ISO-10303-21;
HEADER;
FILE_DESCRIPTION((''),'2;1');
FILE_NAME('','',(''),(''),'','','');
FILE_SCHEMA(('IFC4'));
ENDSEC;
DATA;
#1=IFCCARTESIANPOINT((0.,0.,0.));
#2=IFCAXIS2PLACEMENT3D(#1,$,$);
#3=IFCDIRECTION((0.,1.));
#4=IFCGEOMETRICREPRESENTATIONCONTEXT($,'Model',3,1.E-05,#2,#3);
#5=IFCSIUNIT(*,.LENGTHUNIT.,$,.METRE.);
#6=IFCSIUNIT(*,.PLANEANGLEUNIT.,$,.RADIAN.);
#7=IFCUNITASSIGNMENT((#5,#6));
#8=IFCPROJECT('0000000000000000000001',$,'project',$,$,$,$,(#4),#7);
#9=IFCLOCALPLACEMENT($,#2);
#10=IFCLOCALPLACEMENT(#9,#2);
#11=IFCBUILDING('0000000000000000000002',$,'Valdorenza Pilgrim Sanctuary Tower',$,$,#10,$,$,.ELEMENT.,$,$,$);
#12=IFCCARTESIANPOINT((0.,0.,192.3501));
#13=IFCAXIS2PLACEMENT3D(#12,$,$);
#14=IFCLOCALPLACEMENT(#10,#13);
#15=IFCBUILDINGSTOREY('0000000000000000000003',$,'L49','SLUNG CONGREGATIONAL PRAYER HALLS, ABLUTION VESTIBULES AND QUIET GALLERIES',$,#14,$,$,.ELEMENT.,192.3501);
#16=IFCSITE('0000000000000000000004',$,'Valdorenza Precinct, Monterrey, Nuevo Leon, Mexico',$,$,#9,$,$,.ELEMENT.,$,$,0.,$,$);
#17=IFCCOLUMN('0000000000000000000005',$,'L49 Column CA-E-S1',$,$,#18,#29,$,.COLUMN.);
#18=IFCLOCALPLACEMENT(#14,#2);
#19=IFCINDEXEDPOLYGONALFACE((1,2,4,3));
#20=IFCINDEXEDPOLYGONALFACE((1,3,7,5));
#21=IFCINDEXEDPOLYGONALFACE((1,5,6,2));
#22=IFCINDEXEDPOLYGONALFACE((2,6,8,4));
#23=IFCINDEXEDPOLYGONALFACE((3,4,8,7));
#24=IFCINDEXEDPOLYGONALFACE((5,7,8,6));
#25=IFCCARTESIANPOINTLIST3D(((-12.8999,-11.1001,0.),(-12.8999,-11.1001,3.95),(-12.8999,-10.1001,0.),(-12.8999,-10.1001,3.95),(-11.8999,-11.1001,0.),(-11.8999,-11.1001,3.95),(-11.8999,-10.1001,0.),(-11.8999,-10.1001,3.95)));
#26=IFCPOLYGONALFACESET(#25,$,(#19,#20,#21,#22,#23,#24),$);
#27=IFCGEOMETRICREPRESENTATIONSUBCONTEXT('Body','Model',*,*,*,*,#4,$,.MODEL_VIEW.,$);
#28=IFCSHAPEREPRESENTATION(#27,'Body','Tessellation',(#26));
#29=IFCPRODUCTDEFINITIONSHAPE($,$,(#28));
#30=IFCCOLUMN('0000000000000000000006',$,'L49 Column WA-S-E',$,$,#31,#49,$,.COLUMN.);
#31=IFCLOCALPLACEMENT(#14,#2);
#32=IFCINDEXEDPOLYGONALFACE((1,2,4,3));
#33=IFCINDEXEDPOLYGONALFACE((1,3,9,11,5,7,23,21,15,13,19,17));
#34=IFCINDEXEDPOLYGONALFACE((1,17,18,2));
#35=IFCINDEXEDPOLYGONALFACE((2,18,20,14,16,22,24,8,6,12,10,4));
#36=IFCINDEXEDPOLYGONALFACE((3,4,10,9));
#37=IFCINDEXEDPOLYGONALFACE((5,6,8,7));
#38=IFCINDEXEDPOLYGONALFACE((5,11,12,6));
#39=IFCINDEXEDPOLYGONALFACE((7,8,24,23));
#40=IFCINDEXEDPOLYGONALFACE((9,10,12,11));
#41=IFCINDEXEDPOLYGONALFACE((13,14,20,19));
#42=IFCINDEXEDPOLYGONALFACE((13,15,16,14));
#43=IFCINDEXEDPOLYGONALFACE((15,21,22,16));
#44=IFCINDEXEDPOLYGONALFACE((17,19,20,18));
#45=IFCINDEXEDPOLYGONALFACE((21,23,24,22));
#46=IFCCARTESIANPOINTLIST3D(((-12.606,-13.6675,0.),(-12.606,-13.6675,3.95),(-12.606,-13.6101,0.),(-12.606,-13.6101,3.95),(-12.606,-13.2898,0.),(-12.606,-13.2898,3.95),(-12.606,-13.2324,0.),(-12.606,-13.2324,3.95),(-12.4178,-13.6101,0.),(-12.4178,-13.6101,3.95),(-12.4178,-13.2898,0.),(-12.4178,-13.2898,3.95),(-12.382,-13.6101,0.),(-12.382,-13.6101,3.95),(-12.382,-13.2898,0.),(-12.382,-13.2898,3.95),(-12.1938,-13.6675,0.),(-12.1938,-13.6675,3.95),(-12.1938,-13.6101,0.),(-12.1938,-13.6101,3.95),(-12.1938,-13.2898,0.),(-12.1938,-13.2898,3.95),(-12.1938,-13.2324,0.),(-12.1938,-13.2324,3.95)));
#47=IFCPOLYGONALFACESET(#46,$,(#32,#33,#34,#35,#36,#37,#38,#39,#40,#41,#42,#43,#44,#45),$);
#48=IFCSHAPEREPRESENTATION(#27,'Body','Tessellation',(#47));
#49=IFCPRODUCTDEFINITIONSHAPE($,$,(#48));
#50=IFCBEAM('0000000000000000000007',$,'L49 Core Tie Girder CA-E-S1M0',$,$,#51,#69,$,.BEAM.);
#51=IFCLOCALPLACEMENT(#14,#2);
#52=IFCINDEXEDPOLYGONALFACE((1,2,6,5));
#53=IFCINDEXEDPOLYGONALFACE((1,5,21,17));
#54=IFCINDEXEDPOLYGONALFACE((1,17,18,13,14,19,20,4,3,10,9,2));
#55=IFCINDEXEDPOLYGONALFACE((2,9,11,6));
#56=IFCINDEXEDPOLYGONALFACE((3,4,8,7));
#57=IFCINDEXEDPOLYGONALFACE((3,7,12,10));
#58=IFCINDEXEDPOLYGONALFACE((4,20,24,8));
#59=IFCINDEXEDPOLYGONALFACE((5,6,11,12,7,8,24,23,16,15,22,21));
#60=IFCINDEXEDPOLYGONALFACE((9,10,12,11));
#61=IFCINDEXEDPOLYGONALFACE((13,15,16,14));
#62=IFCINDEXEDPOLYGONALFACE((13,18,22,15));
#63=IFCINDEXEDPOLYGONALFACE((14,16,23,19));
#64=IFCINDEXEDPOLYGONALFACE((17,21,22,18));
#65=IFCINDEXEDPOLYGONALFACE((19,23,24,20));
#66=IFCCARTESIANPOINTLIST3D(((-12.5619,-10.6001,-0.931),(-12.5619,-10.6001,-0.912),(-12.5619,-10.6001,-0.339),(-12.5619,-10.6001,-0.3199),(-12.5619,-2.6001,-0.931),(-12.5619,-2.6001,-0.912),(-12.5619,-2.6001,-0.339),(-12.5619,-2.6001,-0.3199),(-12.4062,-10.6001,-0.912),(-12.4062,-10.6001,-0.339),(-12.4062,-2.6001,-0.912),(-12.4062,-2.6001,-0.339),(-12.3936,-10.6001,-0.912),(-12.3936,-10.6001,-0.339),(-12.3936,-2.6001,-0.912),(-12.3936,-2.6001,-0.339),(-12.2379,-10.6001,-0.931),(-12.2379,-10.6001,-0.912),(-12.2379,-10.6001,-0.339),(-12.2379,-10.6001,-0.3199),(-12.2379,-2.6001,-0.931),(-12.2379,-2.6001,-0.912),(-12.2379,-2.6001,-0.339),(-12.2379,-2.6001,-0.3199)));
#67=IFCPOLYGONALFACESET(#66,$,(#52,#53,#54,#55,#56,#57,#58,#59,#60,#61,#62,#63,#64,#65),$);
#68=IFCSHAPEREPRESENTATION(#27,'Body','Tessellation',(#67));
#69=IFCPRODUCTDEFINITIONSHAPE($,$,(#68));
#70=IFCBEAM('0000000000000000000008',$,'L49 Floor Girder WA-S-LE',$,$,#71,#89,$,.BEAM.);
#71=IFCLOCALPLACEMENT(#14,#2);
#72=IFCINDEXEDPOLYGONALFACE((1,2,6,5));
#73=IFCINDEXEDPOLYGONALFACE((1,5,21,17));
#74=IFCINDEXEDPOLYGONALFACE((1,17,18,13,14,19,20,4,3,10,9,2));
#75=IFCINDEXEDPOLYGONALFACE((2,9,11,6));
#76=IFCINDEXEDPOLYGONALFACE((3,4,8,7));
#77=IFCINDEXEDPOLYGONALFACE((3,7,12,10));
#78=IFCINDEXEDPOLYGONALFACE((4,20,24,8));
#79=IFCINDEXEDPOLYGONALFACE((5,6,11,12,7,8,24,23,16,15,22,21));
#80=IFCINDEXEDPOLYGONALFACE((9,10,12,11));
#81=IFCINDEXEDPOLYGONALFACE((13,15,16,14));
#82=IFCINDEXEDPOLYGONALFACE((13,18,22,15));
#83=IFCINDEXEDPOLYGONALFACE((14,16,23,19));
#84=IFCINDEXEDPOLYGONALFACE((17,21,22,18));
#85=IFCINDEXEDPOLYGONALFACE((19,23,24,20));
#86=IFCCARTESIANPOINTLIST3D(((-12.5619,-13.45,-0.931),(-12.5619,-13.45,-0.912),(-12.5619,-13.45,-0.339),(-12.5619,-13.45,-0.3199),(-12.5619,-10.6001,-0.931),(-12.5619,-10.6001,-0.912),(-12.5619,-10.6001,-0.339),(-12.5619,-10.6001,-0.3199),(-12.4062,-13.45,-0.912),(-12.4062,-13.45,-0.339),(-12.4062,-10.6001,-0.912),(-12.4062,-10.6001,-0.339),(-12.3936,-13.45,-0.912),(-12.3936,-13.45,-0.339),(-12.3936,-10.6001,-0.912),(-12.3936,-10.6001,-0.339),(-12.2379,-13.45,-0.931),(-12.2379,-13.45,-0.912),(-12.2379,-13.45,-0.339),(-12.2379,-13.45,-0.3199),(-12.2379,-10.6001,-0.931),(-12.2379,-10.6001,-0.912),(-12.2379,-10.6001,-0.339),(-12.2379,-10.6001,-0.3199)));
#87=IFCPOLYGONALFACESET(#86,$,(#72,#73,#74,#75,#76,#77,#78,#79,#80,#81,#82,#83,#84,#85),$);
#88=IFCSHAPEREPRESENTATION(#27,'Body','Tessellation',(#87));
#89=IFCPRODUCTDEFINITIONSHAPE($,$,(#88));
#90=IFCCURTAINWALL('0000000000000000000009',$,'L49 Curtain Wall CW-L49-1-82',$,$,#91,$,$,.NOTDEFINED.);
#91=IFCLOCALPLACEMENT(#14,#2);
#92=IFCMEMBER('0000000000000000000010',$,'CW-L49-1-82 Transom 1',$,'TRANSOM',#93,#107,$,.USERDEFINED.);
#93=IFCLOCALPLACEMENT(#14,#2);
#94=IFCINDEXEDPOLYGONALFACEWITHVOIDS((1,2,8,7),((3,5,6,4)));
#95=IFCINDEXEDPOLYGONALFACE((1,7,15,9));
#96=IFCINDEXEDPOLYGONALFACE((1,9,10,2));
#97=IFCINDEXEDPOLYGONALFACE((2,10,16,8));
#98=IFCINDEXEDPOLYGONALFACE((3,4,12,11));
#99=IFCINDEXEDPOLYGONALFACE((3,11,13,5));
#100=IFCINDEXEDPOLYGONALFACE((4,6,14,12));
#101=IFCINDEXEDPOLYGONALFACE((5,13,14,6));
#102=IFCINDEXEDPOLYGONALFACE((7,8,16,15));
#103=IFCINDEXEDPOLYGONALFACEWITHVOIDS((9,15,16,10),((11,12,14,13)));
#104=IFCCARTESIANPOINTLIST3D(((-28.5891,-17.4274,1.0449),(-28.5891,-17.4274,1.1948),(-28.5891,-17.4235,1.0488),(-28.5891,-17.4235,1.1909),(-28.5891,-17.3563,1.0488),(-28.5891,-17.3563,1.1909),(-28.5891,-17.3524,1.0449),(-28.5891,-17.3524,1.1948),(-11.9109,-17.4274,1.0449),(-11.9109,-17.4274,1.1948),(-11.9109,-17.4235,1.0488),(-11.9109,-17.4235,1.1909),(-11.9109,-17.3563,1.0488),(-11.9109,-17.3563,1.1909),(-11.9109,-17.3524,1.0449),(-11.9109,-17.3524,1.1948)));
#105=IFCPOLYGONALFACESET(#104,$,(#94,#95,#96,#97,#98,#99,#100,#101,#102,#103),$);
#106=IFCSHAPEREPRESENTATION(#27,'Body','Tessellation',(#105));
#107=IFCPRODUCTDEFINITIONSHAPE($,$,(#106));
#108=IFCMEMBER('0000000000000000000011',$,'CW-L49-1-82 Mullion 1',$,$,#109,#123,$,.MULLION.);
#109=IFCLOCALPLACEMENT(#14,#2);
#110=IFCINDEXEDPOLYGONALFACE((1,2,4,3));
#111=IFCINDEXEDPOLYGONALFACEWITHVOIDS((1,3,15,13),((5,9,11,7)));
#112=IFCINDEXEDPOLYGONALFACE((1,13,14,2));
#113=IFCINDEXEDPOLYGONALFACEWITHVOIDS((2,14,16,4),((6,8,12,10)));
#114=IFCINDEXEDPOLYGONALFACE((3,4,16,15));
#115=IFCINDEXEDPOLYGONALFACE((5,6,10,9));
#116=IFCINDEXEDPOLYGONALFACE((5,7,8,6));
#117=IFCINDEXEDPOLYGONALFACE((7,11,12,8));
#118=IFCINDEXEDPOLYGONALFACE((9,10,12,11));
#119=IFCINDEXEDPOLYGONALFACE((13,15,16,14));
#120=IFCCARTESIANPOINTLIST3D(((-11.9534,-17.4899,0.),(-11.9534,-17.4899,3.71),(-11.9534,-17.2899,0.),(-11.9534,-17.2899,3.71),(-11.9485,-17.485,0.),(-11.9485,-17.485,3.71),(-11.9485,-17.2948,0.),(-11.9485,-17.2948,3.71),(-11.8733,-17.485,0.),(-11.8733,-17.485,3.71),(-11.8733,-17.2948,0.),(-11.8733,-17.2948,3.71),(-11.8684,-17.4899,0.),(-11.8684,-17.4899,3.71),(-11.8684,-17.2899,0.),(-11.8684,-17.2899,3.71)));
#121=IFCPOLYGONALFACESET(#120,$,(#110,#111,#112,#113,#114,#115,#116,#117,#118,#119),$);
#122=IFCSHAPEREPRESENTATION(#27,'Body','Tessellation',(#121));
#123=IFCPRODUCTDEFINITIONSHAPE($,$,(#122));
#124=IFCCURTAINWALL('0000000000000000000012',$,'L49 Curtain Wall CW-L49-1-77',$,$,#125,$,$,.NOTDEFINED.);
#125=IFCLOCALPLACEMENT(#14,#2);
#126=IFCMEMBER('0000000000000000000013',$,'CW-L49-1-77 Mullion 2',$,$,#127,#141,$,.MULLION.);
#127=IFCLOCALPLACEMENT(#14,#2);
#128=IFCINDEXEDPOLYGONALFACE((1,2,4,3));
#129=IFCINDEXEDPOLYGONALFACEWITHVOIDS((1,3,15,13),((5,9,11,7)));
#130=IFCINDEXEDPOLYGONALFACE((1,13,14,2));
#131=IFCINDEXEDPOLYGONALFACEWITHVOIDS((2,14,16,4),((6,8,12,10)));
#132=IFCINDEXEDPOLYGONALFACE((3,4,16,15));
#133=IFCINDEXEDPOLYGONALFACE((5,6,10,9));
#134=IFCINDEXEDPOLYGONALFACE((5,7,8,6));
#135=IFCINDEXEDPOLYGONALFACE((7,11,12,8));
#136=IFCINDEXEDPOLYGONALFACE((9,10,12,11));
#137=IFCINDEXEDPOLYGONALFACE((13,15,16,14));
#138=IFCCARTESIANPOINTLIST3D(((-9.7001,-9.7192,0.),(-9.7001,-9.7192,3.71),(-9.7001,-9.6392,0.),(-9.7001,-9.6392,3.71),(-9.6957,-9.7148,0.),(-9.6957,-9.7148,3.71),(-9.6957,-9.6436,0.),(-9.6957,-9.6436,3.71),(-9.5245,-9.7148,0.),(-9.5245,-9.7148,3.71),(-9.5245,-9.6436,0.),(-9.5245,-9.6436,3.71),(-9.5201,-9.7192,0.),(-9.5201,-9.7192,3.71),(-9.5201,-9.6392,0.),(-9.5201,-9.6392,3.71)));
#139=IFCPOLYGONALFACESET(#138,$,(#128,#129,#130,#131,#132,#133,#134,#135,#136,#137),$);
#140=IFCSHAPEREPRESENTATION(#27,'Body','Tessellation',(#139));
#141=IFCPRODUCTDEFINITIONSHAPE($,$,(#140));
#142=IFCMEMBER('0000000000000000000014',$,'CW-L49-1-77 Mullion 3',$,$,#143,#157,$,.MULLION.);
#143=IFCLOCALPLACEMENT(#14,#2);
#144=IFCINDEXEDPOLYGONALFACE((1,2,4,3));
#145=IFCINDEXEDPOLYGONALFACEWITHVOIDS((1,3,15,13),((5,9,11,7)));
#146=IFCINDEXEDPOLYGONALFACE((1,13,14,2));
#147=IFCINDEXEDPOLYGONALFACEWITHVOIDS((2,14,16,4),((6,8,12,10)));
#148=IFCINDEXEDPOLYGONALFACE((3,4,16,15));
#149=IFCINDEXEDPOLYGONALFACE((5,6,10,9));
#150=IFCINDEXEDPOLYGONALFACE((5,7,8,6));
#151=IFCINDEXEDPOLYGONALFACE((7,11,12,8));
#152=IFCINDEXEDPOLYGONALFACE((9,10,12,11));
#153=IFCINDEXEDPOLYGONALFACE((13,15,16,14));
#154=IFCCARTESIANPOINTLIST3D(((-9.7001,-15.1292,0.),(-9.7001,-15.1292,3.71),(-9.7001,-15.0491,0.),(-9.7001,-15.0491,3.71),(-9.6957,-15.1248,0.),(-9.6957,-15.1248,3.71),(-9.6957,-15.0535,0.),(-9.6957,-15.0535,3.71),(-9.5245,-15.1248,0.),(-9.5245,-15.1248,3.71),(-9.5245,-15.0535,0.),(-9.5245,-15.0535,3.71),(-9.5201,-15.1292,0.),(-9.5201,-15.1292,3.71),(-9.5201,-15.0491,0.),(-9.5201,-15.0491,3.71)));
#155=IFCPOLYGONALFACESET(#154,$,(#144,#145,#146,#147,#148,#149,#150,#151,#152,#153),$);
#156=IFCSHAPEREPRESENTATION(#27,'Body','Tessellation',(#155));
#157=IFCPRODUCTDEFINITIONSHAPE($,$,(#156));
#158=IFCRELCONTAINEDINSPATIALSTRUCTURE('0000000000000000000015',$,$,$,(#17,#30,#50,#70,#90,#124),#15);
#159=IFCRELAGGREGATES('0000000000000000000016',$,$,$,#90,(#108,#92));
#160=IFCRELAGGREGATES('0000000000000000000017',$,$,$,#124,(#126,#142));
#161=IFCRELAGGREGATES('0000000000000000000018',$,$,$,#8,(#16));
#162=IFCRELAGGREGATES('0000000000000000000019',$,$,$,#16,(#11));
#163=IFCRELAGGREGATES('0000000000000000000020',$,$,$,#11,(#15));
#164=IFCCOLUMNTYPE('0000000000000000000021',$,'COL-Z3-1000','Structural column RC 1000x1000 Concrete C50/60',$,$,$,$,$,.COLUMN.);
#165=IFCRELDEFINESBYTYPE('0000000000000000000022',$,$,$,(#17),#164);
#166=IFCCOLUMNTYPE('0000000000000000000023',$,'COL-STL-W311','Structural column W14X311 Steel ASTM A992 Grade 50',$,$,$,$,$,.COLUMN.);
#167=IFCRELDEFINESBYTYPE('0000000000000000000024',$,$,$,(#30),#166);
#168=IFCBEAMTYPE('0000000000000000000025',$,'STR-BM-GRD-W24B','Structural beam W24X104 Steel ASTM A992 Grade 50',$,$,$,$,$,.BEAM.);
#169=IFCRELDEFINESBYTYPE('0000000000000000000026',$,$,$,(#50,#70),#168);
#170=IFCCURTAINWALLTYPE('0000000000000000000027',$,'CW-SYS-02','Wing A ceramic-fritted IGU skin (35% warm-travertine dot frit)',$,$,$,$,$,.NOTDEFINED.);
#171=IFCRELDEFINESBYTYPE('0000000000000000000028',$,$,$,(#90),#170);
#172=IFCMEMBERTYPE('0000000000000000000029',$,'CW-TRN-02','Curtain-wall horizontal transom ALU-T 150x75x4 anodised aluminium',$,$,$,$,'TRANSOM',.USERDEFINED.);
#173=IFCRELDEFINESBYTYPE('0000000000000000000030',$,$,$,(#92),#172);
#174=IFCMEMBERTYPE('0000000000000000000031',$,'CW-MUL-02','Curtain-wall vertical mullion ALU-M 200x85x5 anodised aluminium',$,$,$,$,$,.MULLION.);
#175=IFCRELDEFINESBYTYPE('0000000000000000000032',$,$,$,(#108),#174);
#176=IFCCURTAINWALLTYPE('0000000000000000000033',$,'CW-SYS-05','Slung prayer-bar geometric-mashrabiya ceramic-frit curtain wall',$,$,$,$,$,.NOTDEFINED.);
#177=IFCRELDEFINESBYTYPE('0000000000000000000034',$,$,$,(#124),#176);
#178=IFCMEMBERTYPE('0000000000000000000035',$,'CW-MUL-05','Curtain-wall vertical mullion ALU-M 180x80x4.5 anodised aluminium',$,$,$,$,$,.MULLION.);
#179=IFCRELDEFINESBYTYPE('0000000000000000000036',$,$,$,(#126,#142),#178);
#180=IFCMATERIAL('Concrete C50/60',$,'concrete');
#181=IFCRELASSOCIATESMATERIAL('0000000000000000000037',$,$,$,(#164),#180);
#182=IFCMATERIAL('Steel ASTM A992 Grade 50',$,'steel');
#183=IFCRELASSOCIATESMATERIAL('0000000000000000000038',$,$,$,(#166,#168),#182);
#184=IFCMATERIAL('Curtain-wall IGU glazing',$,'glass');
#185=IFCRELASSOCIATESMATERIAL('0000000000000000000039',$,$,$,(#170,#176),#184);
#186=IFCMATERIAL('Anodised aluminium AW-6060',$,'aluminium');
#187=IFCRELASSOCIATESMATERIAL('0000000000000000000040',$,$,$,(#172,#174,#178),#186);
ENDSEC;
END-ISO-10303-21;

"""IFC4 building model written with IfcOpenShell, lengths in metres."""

from ifc_helpers import new_model, si_unit, direction, frame, origin, origin_2d, place, context, subcontext, project, spatial, rectangle, hollow_rectangle, i_section, extrude, source, transform, mapped, material, material_profile, profile_set, type_object, element, aggregate, save


model = new_model("IFC4")

# Units and contexts
model_context = context("Model", 3, precision=1e-05, world=origin(), true_north=direction((0.0, 1.0)))
body_context = subcontext(model_context, "Body", "Model", "MODEL_VIEW")
ifc_project = project(units=[si_unit("LENGTHUNIT", "METRE"), si_unit("PLANEANGLEUNIT", "RADIAN")], contexts=[model_context])

# Site, building, storey
site_placement = place(None, origin())
site = spatial("IfcSite", under=ifc_project, at=site_placement, Name="Valdorenza Precinct, Monterrey, Nuevo Leon, Mexico", CompositionType="ELEMENT", RefElevation=0.0)
building_placement = place(site_placement, origin())
building = spatial("IfcBuilding", under=site, at=building_placement, Name="Valdorenza Pilgrim Sanctuary Tower", CompositionType="ELEMENT")
storey_placement = place(building_placement, frame((0.0, 0.0, 192.3501)))
storey = spatial("IfcBuildingStorey", under=building, at=storey_placement, Name="L49", Description="SLUNG CONGREGATIONAL PRAYER HALLS, ABLUTION VESTIBULES AND QUIET GALLERIES", CompositionType="ELEMENT", Elevation=192.3501)

# Columns
ifc_material_1 = material(Name="Concrete C50/60", Category="concrete")
ifc_material_profile_1 = material_profile(ifc_material_1, rectangle(XDim=1.0, YDim=1.0, at=origin_2d()), Name="RC 1000x1000")
ifc_profile_set_1 = profile_set([ifc_material_profile_1], Name="Concrete C50/60")
column_type_1 = type_object("IfcColumnType", Name="COL-Z3-1000", Description="Structural column RC 1000x1000 Concrete C50/60", PredefinedType="COLUMN", material=ifc_profile_set_1)
shared_shape_1 = source(origin(), body_context, "Body", "SweptSolid", [
    extrude(rectangle(XDim=1.0, YDim=1.0, at=origin_2d()), origin(), (0.0, 0.0, 1.0), 3.95),
])
column_1_placement = place(storey_placement, frame((-12.3999, -10.6001, 0.0), z_axis=(0.0, 0.0, 1.0), x_axis=(1.0, 0.0, 0.0)))
element("IfcColumn", 1, at=column_1_placement, inside=storey, type_object=column_type_1, Name="L49 Column CA-E-S1", PredefinedType="COLUMN", context=body_context, shape_type="MappedRepresentation", body=[
    mapped(shared_shape_1, transform((0.0, 0.0, 0.0), x_axis=(1.0, 0.0, 0.0), y_axis=(0.0, 1.0, 0.0), z_axis=(0.0, 0.0, 1.0), scale=1.0)),
])
ifc_material_2 = material(Name="Steel ASTM A992 Grade 50", Category="steel")
ifc_material_profile_2 = material_profile(ifc_material_2, i_section(OverallWidth=0.4121, OverallDepth=0.4351, WebThickness=0.0359, FlangeThickness=0.0574, at=origin_2d()), Name="W14X311")
ifc_profile_set_2 = profile_set([ifc_material_profile_2], Name="Steel ASTM A992 Grade 50")
column_type_2 = type_object("IfcColumnType", Name="COL-STL-W311", Description="Structural column W14X311 Steel ASTM A992 Grade 50", PredefinedType="COLUMN", material=ifc_profile_set_2)
shared_shape_2 = source(origin(), body_context, "Body", "SweptSolid", [
    extrude(i_section(OverallWidth=0.4121, OverallDepth=0.4351, WebThickness=0.0359, FlangeThickness=0.0574, at=origin_2d()), origin(), (0.0, 0.0, 1.0), 3.95),
])
column_2_placement = place(storey_placement, frame((-12.3999, -13.45, 0.0), z_axis=(0.0, 0.0, 1.0), x_axis=(1.0, 0.0, 0.0)))
element("IfcColumn", 2, at=column_2_placement, inside=storey, type_object=column_type_2, Name="L49 Column WA-S-E", PredefinedType="COLUMN", context=body_context, shape_type="MappedRepresentation", body=[
    mapped(shared_shape_2, transform((0.0, 0.0, 0.0), x_axis=(1.0, 0.0, 0.0), y_axis=(0.0, 1.0, 0.0), z_axis=(0.0, 0.0, 1.0), scale=1.0)),
])

# Beams
ifc_material_profile_3 = material_profile(ifc_material_2, i_section(OverallWidth=0.324, OverallDepth=0.6111, WebThickness=0.0127, FlangeThickness=0.019, at=origin_2d()), Name="W24X104")
ifc_profile_set_3 = profile_set([ifc_material_profile_3], Name="Steel ASTM A992 Grade 50")
beam_type = type_object("IfcBeamType", Name="STR-BM-GRD-W24B", Description="Structural beam W24X104 Steel ASTM A992 Grade 50", PredefinedType="BEAM", material=ifc_profile_set_3)
shared_shape_3 = source(origin(), body_context, "Body", "SweptSolid", [
    extrude(i_section(OverallWidth=0.324, OverallDepth=0.6111, WebThickness=0.0127, FlangeThickness=0.019, at=origin_2d()), origin(), (0.0, 0.0, 1.0), 8.0),
])
beam_1_placement = place(storey_placement, frame((-12.3999, -10.6001, -0.6255), z_axis=(0.0, 1.0, 0.0), x_axis=(-1.0, 0.0, 0.0)))
element("IfcBeam", 3, at=beam_1_placement, inside=storey, type_object=beam_type, Name="L49 Core Tie Girder CA-E-S1M0", PredefinedType="BEAM", context=body_context, shape_type="MappedRepresentation", body=[
    mapped(shared_shape_3, transform((0.0, 0.0, 0.0), x_axis=(1.0, 0.0, 0.0), y_axis=(0.0, 1.0, 0.0), z_axis=(0.0, 0.0, 1.0), scale=1.0)),
])
shared_shape_4 = source(origin(), body_context, "Body", "SweptSolid", [
    extrude(i_section(OverallWidth=0.324, OverallDepth=0.6111, WebThickness=0.0127, FlangeThickness=0.019, at=origin_2d()), origin(), (0.0, 0.0, 1.0), 2.8499),
])
beam_2_placement = place(storey_placement, frame((-12.3999, -13.45, -0.6255), z_axis=(0.0, 1.0, 0.0), x_axis=(-1.0, 0.0, 0.0)))
element("IfcBeam", 4, at=beam_2_placement, inside=storey, type_object=beam_type, Name="L49 Floor Girder WA-S-LE", PredefinedType="BEAM", context=body_context, shape_type="MappedRepresentation", body=[
    mapped(shared_shape_4, transform((0.0, 0.0, 0.0), x_axis=(1.0, 0.0, 0.0), y_axis=(0.0, 1.0, 0.0), z_axis=(0.0, 0.0, 1.0), scale=1.0)),
])

# Curtain walls, members
ifc_material_3 = material(Name="Curtain-wall IGU glazing", Category="glass")
curtain_wall_type_1 = type_object("IfcCurtainWallType", Name="CW-SYS-02", Description="Wing A ceramic-fritted IGU skin (35% warm-travertine dot frit)", PredefinedType="NOTDEFINED", material=ifc_material_3)
curtain_wall_1_placement = place(storey_placement, origin())
curtain_wall_1 = element("IfcCurtainWall", 5, at=curtain_wall_1_placement, inside=storey, type_object=curtain_wall_type_1, Name="L49 Curtain Wall CW-L49-1-82", PredefinedType="NOTDEFINED")
ifc_material_4 = material(Name="Anodised aluminium AW-6060", Category="aluminium")
ifc_material_profile_4 = material_profile(ifc_material_4, hollow_rectangle(XDim=0.075, YDim=0.1499, WallThickness=0.0039, at=origin_2d()), Name="ALU-T 150x75x4")
ifc_profile_set_4 = profile_set([ifc_material_profile_4], Name="Anodised aluminium AW-6060")
member_type_1 = type_object("IfcMemberType", Name="CW-TRN-02", Description="Curtain-wall horizontal transom ALU-T 150x75x4 anodised aluminium", ElementType="TRANSOM", PredefinedType="USERDEFINED", material=ifc_profile_set_4)
shared_shape_5 = source(origin(), body_context, "Body", "SweptSolid", [
    extrude(hollow_rectangle(XDim=0.075, YDim=0.1499, WallThickness=0.0039, at=origin_2d()), origin(), (0.0, 0.0, 1.0), 16.6782),
])
member_1_placement = place(storey_placement, frame((-11.9109, -17.3899, 1.1199), z_axis=(-1.0, 0.0, 0.0), x_axis=(0.0, -1.0, 0.0)))
member_1 = element("IfcMember", 6, at=member_1_placement, type_object=member_type_1, Name="CW-L49-1-82 Transom 1", ObjectType="TRANSOM", PredefinedType="USERDEFINED", context=body_context, shape_type="MappedRepresentation", body=[
    mapped(shared_shape_5, transform((0.0, 0.0, 0.0), x_axis=(1.0, 0.0, 0.0), y_axis=(0.0, 1.0, 0.0), z_axis=(0.0, 0.0, 1.0), scale=1.0)),
])
ifc_material_profile_5 = material_profile(ifc_material_4, hollow_rectangle(XDim=0.085, YDim=0.2, WallThickness=0.0049, at=origin_2d()), Name="ALU-M 200x85x5")
ifc_profile_set_5 = profile_set([ifc_material_profile_5], Name="Anodised aluminium AW-6060")
member_type_2 = type_object("IfcMemberType", Name="CW-MUL-02", Description="Curtain-wall vertical mullion ALU-M 200x85x5 anodised aluminium", PredefinedType="MULLION", material=ifc_profile_set_5)
shared_shape_6 = source(origin(), body_context, "Body", "SweptSolid", [
    extrude(hollow_rectangle(XDim=0.085, YDim=0.2, WallThickness=0.0049, at=origin_2d()), origin(), (0.0, 0.0, 1.0), 3.71),
])
member_2_placement = place(storey_placement, frame((-11.9109, -17.3899, 0.0), z_axis=(0.0, 0.0, 1.0), x_axis=(-1.0, 0.0, 0.0)))
member_2 = element("IfcMember", 7, at=member_2_placement, type_object=member_type_2, Name="CW-L49-1-82 Mullion 1", PredefinedType="MULLION", context=body_context, shape_type="MappedRepresentation", body=[
    mapped(shared_shape_6, transform((0.0, 0.0, 0.0), x_axis=(1.0, 0.0, 0.0), y_axis=(0.0, 1.0, 0.0), z_axis=(0.0, 0.0, 1.0), scale=1.0)),
])
aggregate(curtain_wall_1, [member_2, member_1])
curtain_wall_type_2 = type_object("IfcCurtainWallType", Name="CW-SYS-05", Description="Slung prayer-bar geometric-mashrabiya ceramic-frit curtain wall", PredefinedType="NOTDEFINED", material=ifc_material_3)
curtain_wall_2_placement = place(storey_placement, origin())
curtain_wall_2 = element("IfcCurtainWall", 8, at=curtain_wall_2_placement, inside=storey, type_object=curtain_wall_type_2, Name="L49 Curtain Wall CW-L49-1-77", PredefinedType="NOTDEFINED")
ifc_material_profile_6 = material_profile(ifc_material_4, hollow_rectangle(XDim=0.0801, YDim=0.1799, WallThickness=0.0044, at=origin_2d()), Name="ALU-M 180x80x4.5")
ifc_profile_set_6 = profile_set([ifc_material_profile_6], Name="Anodised aluminium AW-6060")
member_type_3 = type_object("IfcMemberType", Name="CW-MUL-05", Description="Curtain-wall vertical mullion ALU-M 180x80x4.5 anodised aluminium", PredefinedType="MULLION", material=ifc_profile_set_6)
shared_shape_7 = source(origin(), body_context, "Body", "SweptSolid", [
    extrude(hollow_rectangle(XDim=0.0801, YDim=0.1799, WallThickness=0.0044, at=origin_2d()), origin(), (0.0, 0.0, 1.0), 3.71),
])
member_3_placement = place(storey_placement, frame((-9.6101, -9.6792, 0.0), z_axis=(0.0, 0.0, 1.0), x_axis=(0.0, -1.0, 0.0)))
member_3 = element("IfcMember", 9, at=member_3_placement, type_object=member_type_3, Name="CW-L49-1-77 Mullion 2", PredefinedType="MULLION", context=body_context, shape_type="MappedRepresentation", body=[
    mapped(shared_shape_7, transform((0.0, 0.0, 0.0), x_axis=(1.0, 0.0, 0.0), y_axis=(0.0, 1.0, 0.0), z_axis=(0.0, 0.0, 1.0), scale=1.0)),
])
member_4_placement = place(storey_placement, frame((-9.6101, -15.0891, 0.0), z_axis=(0.0, 0.0, 1.0), x_axis=(0.0, -1.0, 0.0)))
member_4 = element("IfcMember", 10, at=member_4_placement, type_object=member_type_3, Name="CW-L49-1-77 Mullion 3", PredefinedType="MULLION", context=body_context, shape_type="MappedRepresentation", body=[
    mapped(shared_shape_7, transform((0.0, 0.0, 0.0), x_axis=(1.0, 0.0, 0.0), y_axis=(0.0, 1.0, 0.0), z_axis=(0.0, 0.0, 1.0), scale=1.0)),
])

aggregate(curtain_wall_2, [member_3, member_4])

save(model, "model.ifc")
